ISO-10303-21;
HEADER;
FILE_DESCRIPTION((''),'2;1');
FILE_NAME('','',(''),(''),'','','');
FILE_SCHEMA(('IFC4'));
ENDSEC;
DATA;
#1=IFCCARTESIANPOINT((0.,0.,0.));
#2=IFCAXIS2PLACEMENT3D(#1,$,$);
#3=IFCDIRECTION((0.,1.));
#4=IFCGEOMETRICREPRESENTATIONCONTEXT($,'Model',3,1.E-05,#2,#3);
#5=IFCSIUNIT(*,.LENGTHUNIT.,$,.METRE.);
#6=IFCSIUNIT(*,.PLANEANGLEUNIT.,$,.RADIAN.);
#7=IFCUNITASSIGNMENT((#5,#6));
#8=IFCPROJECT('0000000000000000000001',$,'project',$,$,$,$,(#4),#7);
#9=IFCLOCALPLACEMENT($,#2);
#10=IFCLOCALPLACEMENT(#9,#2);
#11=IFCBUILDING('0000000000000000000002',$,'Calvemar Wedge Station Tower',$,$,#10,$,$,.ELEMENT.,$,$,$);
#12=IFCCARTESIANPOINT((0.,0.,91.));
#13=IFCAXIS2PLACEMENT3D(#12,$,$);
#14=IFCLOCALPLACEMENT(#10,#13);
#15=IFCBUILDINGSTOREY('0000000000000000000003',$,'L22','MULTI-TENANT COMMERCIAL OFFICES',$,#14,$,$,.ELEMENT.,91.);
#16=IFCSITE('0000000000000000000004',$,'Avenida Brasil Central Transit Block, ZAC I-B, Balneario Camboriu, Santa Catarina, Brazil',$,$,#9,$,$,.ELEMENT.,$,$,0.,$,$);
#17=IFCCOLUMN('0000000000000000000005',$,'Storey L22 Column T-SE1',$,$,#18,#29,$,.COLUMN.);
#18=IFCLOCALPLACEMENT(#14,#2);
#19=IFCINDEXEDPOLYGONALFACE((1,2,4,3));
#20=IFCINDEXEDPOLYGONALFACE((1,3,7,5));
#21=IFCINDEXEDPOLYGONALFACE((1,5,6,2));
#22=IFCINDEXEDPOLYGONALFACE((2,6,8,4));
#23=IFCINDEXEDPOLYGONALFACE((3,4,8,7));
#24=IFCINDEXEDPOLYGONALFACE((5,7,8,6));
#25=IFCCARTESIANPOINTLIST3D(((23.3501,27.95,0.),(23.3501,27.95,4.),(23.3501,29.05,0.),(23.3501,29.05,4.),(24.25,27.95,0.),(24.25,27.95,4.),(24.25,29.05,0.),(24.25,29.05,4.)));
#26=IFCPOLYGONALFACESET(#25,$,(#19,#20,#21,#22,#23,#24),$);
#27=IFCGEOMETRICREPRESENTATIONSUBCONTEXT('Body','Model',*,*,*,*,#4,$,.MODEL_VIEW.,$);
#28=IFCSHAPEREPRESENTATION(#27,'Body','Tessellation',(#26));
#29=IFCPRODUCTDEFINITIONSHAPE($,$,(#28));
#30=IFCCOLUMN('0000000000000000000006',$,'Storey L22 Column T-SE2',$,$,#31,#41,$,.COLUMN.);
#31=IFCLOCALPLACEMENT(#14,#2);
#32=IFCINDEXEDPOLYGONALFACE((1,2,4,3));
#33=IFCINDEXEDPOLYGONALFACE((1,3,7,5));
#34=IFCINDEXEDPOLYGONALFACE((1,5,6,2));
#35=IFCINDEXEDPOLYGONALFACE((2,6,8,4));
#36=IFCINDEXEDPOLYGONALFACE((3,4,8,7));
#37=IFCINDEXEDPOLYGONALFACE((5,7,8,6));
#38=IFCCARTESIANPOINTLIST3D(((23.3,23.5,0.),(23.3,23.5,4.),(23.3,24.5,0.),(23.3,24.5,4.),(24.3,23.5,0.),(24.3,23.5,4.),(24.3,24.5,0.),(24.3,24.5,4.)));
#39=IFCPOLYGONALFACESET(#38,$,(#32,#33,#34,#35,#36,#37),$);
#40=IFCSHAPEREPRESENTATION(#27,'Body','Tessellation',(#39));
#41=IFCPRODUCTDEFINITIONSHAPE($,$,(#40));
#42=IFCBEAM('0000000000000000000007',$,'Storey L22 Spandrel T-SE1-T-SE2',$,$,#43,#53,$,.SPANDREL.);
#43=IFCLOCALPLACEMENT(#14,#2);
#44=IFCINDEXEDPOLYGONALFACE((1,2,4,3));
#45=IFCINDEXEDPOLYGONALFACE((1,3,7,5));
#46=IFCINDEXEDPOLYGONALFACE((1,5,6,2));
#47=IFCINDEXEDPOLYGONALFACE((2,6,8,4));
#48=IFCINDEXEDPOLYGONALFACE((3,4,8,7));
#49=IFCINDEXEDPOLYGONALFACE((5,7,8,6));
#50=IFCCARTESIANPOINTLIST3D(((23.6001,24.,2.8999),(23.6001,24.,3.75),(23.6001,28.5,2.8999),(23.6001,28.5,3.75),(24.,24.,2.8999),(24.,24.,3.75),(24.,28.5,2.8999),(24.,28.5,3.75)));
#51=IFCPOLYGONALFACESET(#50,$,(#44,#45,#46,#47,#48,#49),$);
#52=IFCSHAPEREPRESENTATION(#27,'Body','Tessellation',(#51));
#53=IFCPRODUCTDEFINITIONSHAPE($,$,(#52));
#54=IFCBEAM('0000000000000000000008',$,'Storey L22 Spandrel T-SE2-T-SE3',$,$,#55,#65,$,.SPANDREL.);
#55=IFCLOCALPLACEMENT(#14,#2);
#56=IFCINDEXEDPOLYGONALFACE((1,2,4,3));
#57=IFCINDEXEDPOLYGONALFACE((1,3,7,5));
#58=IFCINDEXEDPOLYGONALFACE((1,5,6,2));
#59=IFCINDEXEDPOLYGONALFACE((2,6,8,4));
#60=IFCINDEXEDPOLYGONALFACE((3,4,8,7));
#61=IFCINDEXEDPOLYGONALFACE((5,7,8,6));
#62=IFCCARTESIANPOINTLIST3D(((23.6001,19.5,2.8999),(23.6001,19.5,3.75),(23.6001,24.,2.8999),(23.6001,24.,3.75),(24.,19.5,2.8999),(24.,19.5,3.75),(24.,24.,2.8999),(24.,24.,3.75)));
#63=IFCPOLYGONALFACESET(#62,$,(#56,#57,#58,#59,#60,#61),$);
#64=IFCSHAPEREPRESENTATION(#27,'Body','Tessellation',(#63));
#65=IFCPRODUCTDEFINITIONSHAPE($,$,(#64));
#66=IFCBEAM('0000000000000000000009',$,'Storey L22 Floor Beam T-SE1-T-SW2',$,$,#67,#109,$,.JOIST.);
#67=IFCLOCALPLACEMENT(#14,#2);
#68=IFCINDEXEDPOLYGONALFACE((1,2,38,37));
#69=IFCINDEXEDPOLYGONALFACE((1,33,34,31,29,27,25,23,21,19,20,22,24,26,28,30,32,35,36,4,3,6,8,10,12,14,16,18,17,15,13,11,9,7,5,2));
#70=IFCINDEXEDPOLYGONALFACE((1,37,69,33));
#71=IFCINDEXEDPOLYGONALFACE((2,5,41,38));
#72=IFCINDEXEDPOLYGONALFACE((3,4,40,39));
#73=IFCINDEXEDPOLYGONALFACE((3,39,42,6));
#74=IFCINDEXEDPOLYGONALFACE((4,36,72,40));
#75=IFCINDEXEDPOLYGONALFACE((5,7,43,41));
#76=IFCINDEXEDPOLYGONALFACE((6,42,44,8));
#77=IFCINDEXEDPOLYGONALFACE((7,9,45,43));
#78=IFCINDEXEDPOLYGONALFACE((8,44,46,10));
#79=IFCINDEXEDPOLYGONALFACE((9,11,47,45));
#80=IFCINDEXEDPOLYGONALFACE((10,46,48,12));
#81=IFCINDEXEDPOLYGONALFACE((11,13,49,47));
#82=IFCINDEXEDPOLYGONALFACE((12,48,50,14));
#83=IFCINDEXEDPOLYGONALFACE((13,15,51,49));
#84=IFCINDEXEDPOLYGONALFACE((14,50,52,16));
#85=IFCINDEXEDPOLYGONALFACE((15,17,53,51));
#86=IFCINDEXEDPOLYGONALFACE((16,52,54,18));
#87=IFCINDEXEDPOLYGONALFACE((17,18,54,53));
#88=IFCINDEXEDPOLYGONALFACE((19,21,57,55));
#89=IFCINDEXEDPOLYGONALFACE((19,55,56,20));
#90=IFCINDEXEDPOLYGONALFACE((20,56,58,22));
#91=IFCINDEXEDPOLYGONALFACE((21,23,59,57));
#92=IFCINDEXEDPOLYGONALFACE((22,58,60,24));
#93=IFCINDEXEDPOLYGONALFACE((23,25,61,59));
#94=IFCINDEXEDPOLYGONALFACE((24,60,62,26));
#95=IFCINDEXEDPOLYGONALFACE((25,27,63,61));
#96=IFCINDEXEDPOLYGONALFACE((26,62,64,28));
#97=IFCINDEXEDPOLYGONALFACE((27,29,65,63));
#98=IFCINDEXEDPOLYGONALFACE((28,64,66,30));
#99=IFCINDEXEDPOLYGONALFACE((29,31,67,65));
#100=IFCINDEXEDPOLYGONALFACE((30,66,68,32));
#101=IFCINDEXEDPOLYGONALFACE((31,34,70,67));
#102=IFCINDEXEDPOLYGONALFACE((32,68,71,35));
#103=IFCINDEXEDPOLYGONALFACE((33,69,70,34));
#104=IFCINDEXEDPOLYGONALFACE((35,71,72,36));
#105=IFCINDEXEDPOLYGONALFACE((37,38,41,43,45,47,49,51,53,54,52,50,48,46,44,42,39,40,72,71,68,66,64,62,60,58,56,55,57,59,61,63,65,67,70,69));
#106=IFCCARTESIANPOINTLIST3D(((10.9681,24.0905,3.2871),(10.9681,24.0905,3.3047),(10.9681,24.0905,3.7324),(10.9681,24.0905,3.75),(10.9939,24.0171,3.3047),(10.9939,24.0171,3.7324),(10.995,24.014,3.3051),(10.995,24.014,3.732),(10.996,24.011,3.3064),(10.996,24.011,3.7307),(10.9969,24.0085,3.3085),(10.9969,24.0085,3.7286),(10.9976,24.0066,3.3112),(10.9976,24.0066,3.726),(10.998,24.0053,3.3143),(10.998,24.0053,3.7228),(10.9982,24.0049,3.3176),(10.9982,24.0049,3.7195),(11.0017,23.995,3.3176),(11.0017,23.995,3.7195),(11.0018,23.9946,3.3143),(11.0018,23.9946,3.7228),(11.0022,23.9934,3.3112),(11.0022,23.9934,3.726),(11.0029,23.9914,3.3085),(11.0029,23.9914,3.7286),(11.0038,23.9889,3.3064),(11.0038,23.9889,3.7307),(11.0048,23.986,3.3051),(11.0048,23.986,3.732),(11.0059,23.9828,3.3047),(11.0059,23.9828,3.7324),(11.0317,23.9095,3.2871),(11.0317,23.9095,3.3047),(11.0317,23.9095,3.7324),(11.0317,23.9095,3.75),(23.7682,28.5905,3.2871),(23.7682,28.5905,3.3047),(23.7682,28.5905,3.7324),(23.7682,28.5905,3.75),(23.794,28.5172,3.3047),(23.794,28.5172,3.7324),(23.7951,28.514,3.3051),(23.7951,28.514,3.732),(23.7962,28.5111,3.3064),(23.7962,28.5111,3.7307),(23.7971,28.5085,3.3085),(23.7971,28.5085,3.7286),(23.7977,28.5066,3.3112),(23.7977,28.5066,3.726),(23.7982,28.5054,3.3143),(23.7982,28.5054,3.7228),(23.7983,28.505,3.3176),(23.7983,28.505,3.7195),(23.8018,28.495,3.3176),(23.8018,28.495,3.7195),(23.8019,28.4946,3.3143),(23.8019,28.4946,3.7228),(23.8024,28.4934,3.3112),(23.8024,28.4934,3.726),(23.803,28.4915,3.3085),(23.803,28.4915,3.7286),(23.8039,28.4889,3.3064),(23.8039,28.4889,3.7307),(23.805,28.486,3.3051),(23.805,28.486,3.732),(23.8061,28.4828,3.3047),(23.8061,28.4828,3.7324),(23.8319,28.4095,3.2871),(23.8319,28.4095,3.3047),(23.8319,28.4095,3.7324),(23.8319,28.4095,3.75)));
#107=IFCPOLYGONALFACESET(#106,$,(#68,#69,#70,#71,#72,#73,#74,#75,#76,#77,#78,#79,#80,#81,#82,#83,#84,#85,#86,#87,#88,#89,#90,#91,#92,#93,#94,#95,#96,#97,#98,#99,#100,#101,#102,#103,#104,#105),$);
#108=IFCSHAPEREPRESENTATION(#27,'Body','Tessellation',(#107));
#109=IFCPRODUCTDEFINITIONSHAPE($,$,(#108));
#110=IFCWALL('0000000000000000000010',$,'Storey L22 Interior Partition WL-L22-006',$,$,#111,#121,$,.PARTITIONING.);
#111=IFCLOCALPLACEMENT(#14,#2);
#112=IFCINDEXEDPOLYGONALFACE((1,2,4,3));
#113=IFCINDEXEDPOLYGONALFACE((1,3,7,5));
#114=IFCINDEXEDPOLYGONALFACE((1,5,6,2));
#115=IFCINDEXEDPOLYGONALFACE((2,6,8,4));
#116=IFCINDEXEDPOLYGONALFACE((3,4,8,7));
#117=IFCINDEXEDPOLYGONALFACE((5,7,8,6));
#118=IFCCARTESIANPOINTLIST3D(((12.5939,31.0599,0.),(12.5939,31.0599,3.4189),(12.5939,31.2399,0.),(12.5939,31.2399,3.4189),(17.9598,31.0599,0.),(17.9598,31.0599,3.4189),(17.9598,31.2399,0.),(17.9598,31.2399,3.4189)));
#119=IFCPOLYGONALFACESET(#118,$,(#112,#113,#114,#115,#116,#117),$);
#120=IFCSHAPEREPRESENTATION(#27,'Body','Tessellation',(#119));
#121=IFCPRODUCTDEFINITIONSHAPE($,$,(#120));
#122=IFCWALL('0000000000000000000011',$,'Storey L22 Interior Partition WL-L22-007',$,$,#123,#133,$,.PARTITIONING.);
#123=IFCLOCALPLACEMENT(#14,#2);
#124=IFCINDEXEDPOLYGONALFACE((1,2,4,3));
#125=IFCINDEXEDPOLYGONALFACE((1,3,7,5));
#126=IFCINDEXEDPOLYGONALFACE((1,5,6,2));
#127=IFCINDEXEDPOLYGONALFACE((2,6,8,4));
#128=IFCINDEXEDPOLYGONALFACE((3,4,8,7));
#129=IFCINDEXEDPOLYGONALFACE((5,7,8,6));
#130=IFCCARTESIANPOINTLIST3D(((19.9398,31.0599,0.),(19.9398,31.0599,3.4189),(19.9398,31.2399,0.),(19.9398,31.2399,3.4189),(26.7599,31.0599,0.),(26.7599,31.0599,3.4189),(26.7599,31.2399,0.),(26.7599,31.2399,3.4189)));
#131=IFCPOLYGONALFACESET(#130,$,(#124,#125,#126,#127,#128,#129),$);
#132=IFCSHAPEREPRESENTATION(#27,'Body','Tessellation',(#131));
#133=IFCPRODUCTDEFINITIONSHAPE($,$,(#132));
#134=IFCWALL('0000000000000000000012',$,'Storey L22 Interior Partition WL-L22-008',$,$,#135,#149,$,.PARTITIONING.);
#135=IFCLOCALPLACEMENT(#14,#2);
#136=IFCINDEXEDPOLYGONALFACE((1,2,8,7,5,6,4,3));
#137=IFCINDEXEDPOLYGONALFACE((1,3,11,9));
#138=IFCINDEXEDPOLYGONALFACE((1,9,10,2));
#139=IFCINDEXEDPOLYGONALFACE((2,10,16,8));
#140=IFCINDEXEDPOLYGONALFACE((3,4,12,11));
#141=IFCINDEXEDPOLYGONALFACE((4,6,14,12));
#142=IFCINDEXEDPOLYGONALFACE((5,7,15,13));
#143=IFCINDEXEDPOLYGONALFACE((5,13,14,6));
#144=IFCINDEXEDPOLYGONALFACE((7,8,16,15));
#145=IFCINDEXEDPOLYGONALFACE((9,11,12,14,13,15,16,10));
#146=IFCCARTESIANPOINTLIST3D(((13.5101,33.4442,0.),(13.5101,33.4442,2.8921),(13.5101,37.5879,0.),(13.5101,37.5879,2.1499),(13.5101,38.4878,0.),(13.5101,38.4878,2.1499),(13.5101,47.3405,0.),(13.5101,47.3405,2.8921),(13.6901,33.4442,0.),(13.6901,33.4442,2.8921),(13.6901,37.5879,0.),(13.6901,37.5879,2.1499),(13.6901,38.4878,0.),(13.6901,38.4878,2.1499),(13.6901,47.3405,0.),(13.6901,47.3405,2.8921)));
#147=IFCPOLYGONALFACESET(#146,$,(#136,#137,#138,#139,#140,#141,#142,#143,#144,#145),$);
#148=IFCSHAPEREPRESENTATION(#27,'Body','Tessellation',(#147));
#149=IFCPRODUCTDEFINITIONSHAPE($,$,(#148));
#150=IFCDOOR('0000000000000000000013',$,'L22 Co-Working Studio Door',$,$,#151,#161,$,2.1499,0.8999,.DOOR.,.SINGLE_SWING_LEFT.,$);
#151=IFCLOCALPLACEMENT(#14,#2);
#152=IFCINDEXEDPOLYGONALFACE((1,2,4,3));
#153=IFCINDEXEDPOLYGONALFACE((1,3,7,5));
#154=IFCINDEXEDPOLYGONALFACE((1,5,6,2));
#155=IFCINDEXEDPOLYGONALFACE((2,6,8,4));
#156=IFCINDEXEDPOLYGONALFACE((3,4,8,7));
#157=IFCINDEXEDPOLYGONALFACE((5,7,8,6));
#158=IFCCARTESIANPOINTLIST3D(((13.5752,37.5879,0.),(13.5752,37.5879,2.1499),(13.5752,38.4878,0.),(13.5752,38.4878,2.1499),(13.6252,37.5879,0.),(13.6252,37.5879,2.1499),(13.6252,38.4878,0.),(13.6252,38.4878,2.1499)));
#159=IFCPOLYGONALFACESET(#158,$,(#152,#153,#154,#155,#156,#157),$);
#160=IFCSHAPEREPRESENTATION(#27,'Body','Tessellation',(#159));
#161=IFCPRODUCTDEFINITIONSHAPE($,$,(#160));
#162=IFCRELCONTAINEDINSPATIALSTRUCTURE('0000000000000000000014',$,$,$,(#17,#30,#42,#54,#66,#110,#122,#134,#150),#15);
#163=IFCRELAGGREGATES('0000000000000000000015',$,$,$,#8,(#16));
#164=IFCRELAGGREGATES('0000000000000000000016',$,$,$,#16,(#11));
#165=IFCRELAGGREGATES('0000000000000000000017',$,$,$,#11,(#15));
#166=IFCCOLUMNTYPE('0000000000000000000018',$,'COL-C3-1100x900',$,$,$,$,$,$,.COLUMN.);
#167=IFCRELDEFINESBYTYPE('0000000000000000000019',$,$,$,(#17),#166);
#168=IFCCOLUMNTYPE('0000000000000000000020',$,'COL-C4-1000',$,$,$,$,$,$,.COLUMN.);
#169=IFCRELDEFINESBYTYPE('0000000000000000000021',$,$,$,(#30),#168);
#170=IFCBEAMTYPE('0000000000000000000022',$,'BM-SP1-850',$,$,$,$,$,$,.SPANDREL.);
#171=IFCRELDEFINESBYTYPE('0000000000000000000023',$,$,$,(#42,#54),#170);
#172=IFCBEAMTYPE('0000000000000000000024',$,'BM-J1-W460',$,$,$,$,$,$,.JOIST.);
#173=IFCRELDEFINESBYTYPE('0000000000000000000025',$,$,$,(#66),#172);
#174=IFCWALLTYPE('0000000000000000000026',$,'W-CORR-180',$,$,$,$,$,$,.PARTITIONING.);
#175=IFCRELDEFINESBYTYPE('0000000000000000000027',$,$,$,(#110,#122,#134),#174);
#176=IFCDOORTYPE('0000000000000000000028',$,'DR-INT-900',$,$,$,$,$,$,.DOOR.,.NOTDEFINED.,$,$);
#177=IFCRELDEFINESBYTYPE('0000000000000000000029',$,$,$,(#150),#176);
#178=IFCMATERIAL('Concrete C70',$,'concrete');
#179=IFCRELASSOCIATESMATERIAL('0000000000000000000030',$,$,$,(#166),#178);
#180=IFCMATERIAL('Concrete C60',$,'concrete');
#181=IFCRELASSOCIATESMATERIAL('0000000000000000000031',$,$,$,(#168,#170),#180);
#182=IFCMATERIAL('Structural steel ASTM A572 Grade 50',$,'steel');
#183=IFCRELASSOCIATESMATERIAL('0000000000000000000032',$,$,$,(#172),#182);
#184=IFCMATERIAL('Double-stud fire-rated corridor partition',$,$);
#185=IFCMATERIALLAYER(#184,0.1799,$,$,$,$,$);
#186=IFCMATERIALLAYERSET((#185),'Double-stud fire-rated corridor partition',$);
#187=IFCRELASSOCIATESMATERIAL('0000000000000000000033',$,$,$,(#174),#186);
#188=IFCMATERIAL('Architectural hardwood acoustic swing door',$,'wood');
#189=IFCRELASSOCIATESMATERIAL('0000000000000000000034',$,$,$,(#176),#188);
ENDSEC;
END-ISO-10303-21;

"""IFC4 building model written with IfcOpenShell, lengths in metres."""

from ifc_helpers import new_model, si_unit, direction, frame, frame_2d, origin, origin_2d, place, context, subcontext, project, spatial, rectangle, i_section, extrude, source, transform, mapped, material, layer, layer_set, material_profile, profile_set, type_object, element, fill, save


model = new_model("IFC4")

# Units and contexts
model_context = context("Model", 3, precision=1e-05, world=origin(), true_north=direction((0.0, 1.0)))
body_context = subcontext(model_context, "Body", "Model", "MODEL_VIEW")
ifc_project = project(units=[si_unit("LENGTHUNIT", "METRE"), si_unit("PLANEANGLEUNIT", "RADIAN")], contexts=[model_context])

# Site, building, storey
site_placement = place(None, origin())
site = spatial("IfcSite", under=ifc_project, at=site_placement, Name="Avenida Brasil Central Transit Block, ZAC I-B, Balneario Camboriu, Santa Catarina, Brazil", CompositionType="ELEMENT", RefElevation=0.0)
building_placement = place(site_placement, origin())
building = spatial("IfcBuilding", under=site, at=building_placement, Name="Calvemar Wedge Station Tower", CompositionType="ELEMENT")
storey_placement = place(building_placement, frame((0.0, 0.0, 91.0)))
storey = spatial("IfcBuildingStorey", under=building, at=storey_placement, Name="L22", Description="MULTI-TENANT COMMERCIAL OFFICES", CompositionType="ELEMENT", Elevation=91.0)

# Columns
ifc_material_1 = material(Name="Concrete C70", Category="concrete")
ifc_material_profile_1 = material_profile(ifc_material_1, rectangle(XDim=0.8999, YDim=1.1001, at=origin_2d()), Name="RC1100x900")
ifc_profile_set_1 = profile_set([ifc_material_profile_1], Name="Concrete C70")
column_type_1 = type_object("IfcColumnType", Name="COL-C3-1100x900", PredefinedType="COLUMN", material=ifc_profile_set_1)
shared_shape_1 = source(origin(), body_context, "Body", "SweptSolid", [
    extrude(rectangle(XDim=0.8999, YDim=1.1001, at=origin_2d()), origin(), (0.0, 0.0, 1.0), 4.0),
])
column_1_placement = place(storey_placement, frame((23.8, 28.5, 0.0), z_axis=(0.0, 0.0, 1.0), x_axis=(1.0, 0.0, 0.0)))
element("IfcColumn", 1, at=column_1_placement, inside=storey, type_object=column_type_1, Name="Storey L22 Column T-SE1", PredefinedType="COLUMN", context=body_context, shape_type="MappedRepresentation", body=[
    mapped(shared_shape_1, transform((0.0, 0.0, 0.0), scale=1.0)),
])
ifc_material_2 = material(Name="Concrete C60", Category="concrete")
ifc_material_profile_2 = material_profile(ifc_material_2, rectangle(XDim=1.0, YDim=1.0, at=origin_2d()), Name="RC1000x1000")
ifc_profile_set_2 = profile_set([ifc_material_profile_2], Name="Concrete C60")
column_type_2 = type_object("IfcColumnType", Name="COL-C4-1000", PredefinedType="COLUMN", material=ifc_profile_set_2)
shared_shape_2 = source(origin(), body_context, "Body", "SweptSolid", [
    extrude(rectangle(XDim=1.0, YDim=1.0, at=origin_2d()), origin(), (0.0, 0.0, 1.0), 4.0),
])
column_2_placement = place(storey_placement, frame((23.8, 24.0, 0.0), z_axis=(0.0, 0.0, 1.0), x_axis=(1.0, 0.0, 0.0)))
element("IfcColumn", 2, at=column_2_placement, inside=storey, type_object=column_type_2, Name="Storey L22 Column T-SE2", PredefinedType="COLUMN", context=body_context, shape_type="MappedRepresentation", body=[
    mapped(shared_shape_2, transform((0.0, 0.0, 0.0), scale=1.0)),
])

# Beams
ifc_material_profile_3 = material_profile(ifc_material_2, rectangle(XDim=0.3999, YDim=0.8501, at=origin_2d()), Name="RC400x850")
ifc_profile_set_3 = profile_set([ifc_material_profile_3], Name="Concrete C60")
beam_type_1 = type_object("IfcBeamType", Name="BM-SP1-850", PredefinedType="SPANDREL", material=ifc_profile_set_3)
shared_shape_3 = source(origin(), body_context, "Body", "SweptSolid", [
    extrude(rectangle(XDim=0.3999, YDim=0.8501, at=origin_2d()), origin(), (0.0, 0.0, 1.0), 4.5),
])
for number, where, z_axis, x_axis, name in (
    (3, (23.8, 28.5, 3.325), (0.0, -1.0, 0.0), (1.0, 0.0, 0.0), "Storey L22 Spandrel T-SE1-T-SE2"),
    (4, (23.8, 24.0, 3.325), (0.0, -1.0, 0.0), (1.0, 0.0, 0.0), "Storey L22 Spandrel T-SE2-T-SE3"),
):
    element("IfcBeam", number, at=place(storey_placement, frame(where, z_axis=z_axis, x_axis=x_axis)), inside=storey, type_object=beam_type_1, Name=name, PredefinedType="SPANDREL", context=body_context, shape_type="MappedRepresentation", body=[
        mapped(shared_shape_3, transform((0.0, 0.0, 0.0), scale=1.0)),
    ])
ifc_material_3 = material(Name="Structural steel ASTM A572 Grade 50", Category="steel")
ifc_material_profile_4 = material_profile(ifc_material_3, i_section(OverallWidth=0.1919, OverallDepth=0.4629, WebThickness=0.0105, FlangeThickness=0.0176, FilletRadius=0.0129, at=origin_2d()), Name="W460x89")
ifc_profile_set_4 = profile_set([ifc_material_profile_4], Name="Structural steel ASTM A572 Grade 50")
beam_type_2 = type_object("IfcBeamType", Name="BM-J1-W460", PredefinedType="JOIST", material=ifc_profile_set_4)
shared_shape_4 = source(origin(), body_context, "Body", "SweptSolid", [
    extrude(i_section(OverallWidth=0.1919, OverallDepth=0.4629, WebThickness=0.0105, FlangeThickness=0.0176, FilletRadius=0.0129, at=origin_2d()), origin(), (0.0, 0.0, 1.0), 13.5681),
])
beam_placement = place(storey_placement, frame((23.8, 28.5, 3.5186), z_axis=(-0.943398, -0.331662, 0.0), x_axis=(0.331662, -0.943398, 0.0)))
element("IfcBeam", 5, at=beam_placement, inside=storey, type_object=beam_type_2, Name="Storey L22 Floor Beam T-SE1-T-SW2", PredefinedType="JOIST", context=body_context, shape_type="MappedRepresentation", body=[
    mapped(shared_shape_4, transform((0.0, 0.0, 0.0), scale=1.0)),
])

# Walls
ifc_material_4 = material(Name="Double-stud fire-rated corridor partition")
ifc_layer_1 = layer(ifc_material_4, 0.1799)
ifc_layer_set_1 = layer_set([ifc_layer_1], Name="Double-stud fire-rated corridor partition")
wall_type_1 = type_object("IfcWallType", Name="W-CORR-180", PredefinedType="PARTITIONING", material=ifc_layer_set_1)
wall_1_placement = place(storey_placement, frame((17.96, 31.1499, 0.0), z_axis=(0.0, 0.0, 1.0), x_axis=(-1.0, 0.0, 0.0)))
element("IfcWall", 6, at=wall_1_placement, inside=storey, type_object=wall_type_1, Name="Storey L22 Interior Partition WL-L22-006", PredefinedType="PARTITIONING", context=body_context, shape_type="SweptSolid", body=[
    extrude(rectangle(XDim=5.366, YDim=0.1799, at=frame_2d((2.6831, 0.0))), origin(), (0.0, 0.0, 1.0), 3.4189),
])
wall_2_placement = place(storey_placement, frame((26.76, 31.1499, 0.0), z_axis=(0.0, 0.0, 1.0), x_axis=(-1.0, 0.0, 0.0)))
element("IfcWall", 7, at=wall_2_placement, inside=storey, type_object=wall_type_1, Name="Storey L22 Interior Partition WL-L22-007", PredefinedType="PARTITIONING", context=body_context, shape_type="SweptSolid", body=[
    extrude(rectangle(XDim=6.8201, YDim=0.1799, at=frame_2d((3.4102, 0.0))), origin(), (0.0, 0.0, 1.0), 3.4189),
])

# Wall, opening, door
wall_3_placement = place(storey_placement, frame((13.6001, 33.4441, 0.0), z_axis=(0.0, 0.0, 1.0), x_axis=(0.0, 1.0, 0.0)))
wall_3 = element("IfcWall", 8, at=wall_3_placement, inside=storey, type_object=wall_type_1, Name="Storey L22 Interior Partition WL-L22-008", PredefinedType="PARTITIONING", context=body_context, shape_type="SweptSolid", body=[
    extrude(rectangle(XDim=13.8962, YDim=0.1799, at=frame_2d((6.9482, 0.0))), origin(), (0.0, 0.0, 1.0), 2.8921),
])
shared_shape_5 = source(origin(), body_context, "Body", "SweptSolid", [
    extrude(rectangle(XDim=0.8999, YDim=2.1499, at=frame_2d((0.45, 1.075))), frame((0.0, 0.1001, 0.0), z_axis=(0.0, -1.0, 0.0), x_axis=(1.0, 0.0, 0.0)), (0.0, 0.0, 1.0), 0.2),
])
opening_1_placement = place(wall_3_placement, frame((4.1438, 0.0, 0.0)))
opening_1 = element("IfcOpeningElement", 9, at=opening_1_placement, cuts=wall_3, PredefinedType="OPENING", context=body_context, shape_type="MappedRepresentation", body=[
    mapped(shared_shape_5, transform((0.0, 0.0, 0.0), scale=1.0)),
])
ifc_material_5 = material(Name="Architectural hardwood acoustic swing door", Category="wood")
door_type_1 = type_object("IfcDoorType", Name="DR-INT-900", OperationType="NOTDEFINED", PredefinedType="DOOR", material=ifc_material_5)
shared_shape_6 = source(origin(), body_context, "Body", "SweptSolid", [
    extrude(rectangle(XDim=0.8999, YDim=2.1499, at=frame_2d((0.45, 1.075))), frame((0.0, 0.0249, 0.0), z_axis=(0.0, -1.0, 0.0), x_axis=(1.0, 0.0, 0.0)), (0.0, 0.0, 1.0), 0.05),
])
door_1_placement = place(opening_1_placement, origin())
door_1 = element("IfcDoor", 10, at=door_1_placement, inside=storey, type_object=door_type_1, Name="L22 Co-Working Studio Door", OperationType="SINGLE_SWING_LEFT", OverallHeight=2.1499, OverallWidth=0.8999, PredefinedType="DOOR", context=body_context, shape_type="MappedRepresentation", body=[
    mapped(shared_shape_6, transform((0.0, 0.0, 0.0), scale=1.0)),
])
fill(opening_1, door_1)

save(model, "model.ifc")
